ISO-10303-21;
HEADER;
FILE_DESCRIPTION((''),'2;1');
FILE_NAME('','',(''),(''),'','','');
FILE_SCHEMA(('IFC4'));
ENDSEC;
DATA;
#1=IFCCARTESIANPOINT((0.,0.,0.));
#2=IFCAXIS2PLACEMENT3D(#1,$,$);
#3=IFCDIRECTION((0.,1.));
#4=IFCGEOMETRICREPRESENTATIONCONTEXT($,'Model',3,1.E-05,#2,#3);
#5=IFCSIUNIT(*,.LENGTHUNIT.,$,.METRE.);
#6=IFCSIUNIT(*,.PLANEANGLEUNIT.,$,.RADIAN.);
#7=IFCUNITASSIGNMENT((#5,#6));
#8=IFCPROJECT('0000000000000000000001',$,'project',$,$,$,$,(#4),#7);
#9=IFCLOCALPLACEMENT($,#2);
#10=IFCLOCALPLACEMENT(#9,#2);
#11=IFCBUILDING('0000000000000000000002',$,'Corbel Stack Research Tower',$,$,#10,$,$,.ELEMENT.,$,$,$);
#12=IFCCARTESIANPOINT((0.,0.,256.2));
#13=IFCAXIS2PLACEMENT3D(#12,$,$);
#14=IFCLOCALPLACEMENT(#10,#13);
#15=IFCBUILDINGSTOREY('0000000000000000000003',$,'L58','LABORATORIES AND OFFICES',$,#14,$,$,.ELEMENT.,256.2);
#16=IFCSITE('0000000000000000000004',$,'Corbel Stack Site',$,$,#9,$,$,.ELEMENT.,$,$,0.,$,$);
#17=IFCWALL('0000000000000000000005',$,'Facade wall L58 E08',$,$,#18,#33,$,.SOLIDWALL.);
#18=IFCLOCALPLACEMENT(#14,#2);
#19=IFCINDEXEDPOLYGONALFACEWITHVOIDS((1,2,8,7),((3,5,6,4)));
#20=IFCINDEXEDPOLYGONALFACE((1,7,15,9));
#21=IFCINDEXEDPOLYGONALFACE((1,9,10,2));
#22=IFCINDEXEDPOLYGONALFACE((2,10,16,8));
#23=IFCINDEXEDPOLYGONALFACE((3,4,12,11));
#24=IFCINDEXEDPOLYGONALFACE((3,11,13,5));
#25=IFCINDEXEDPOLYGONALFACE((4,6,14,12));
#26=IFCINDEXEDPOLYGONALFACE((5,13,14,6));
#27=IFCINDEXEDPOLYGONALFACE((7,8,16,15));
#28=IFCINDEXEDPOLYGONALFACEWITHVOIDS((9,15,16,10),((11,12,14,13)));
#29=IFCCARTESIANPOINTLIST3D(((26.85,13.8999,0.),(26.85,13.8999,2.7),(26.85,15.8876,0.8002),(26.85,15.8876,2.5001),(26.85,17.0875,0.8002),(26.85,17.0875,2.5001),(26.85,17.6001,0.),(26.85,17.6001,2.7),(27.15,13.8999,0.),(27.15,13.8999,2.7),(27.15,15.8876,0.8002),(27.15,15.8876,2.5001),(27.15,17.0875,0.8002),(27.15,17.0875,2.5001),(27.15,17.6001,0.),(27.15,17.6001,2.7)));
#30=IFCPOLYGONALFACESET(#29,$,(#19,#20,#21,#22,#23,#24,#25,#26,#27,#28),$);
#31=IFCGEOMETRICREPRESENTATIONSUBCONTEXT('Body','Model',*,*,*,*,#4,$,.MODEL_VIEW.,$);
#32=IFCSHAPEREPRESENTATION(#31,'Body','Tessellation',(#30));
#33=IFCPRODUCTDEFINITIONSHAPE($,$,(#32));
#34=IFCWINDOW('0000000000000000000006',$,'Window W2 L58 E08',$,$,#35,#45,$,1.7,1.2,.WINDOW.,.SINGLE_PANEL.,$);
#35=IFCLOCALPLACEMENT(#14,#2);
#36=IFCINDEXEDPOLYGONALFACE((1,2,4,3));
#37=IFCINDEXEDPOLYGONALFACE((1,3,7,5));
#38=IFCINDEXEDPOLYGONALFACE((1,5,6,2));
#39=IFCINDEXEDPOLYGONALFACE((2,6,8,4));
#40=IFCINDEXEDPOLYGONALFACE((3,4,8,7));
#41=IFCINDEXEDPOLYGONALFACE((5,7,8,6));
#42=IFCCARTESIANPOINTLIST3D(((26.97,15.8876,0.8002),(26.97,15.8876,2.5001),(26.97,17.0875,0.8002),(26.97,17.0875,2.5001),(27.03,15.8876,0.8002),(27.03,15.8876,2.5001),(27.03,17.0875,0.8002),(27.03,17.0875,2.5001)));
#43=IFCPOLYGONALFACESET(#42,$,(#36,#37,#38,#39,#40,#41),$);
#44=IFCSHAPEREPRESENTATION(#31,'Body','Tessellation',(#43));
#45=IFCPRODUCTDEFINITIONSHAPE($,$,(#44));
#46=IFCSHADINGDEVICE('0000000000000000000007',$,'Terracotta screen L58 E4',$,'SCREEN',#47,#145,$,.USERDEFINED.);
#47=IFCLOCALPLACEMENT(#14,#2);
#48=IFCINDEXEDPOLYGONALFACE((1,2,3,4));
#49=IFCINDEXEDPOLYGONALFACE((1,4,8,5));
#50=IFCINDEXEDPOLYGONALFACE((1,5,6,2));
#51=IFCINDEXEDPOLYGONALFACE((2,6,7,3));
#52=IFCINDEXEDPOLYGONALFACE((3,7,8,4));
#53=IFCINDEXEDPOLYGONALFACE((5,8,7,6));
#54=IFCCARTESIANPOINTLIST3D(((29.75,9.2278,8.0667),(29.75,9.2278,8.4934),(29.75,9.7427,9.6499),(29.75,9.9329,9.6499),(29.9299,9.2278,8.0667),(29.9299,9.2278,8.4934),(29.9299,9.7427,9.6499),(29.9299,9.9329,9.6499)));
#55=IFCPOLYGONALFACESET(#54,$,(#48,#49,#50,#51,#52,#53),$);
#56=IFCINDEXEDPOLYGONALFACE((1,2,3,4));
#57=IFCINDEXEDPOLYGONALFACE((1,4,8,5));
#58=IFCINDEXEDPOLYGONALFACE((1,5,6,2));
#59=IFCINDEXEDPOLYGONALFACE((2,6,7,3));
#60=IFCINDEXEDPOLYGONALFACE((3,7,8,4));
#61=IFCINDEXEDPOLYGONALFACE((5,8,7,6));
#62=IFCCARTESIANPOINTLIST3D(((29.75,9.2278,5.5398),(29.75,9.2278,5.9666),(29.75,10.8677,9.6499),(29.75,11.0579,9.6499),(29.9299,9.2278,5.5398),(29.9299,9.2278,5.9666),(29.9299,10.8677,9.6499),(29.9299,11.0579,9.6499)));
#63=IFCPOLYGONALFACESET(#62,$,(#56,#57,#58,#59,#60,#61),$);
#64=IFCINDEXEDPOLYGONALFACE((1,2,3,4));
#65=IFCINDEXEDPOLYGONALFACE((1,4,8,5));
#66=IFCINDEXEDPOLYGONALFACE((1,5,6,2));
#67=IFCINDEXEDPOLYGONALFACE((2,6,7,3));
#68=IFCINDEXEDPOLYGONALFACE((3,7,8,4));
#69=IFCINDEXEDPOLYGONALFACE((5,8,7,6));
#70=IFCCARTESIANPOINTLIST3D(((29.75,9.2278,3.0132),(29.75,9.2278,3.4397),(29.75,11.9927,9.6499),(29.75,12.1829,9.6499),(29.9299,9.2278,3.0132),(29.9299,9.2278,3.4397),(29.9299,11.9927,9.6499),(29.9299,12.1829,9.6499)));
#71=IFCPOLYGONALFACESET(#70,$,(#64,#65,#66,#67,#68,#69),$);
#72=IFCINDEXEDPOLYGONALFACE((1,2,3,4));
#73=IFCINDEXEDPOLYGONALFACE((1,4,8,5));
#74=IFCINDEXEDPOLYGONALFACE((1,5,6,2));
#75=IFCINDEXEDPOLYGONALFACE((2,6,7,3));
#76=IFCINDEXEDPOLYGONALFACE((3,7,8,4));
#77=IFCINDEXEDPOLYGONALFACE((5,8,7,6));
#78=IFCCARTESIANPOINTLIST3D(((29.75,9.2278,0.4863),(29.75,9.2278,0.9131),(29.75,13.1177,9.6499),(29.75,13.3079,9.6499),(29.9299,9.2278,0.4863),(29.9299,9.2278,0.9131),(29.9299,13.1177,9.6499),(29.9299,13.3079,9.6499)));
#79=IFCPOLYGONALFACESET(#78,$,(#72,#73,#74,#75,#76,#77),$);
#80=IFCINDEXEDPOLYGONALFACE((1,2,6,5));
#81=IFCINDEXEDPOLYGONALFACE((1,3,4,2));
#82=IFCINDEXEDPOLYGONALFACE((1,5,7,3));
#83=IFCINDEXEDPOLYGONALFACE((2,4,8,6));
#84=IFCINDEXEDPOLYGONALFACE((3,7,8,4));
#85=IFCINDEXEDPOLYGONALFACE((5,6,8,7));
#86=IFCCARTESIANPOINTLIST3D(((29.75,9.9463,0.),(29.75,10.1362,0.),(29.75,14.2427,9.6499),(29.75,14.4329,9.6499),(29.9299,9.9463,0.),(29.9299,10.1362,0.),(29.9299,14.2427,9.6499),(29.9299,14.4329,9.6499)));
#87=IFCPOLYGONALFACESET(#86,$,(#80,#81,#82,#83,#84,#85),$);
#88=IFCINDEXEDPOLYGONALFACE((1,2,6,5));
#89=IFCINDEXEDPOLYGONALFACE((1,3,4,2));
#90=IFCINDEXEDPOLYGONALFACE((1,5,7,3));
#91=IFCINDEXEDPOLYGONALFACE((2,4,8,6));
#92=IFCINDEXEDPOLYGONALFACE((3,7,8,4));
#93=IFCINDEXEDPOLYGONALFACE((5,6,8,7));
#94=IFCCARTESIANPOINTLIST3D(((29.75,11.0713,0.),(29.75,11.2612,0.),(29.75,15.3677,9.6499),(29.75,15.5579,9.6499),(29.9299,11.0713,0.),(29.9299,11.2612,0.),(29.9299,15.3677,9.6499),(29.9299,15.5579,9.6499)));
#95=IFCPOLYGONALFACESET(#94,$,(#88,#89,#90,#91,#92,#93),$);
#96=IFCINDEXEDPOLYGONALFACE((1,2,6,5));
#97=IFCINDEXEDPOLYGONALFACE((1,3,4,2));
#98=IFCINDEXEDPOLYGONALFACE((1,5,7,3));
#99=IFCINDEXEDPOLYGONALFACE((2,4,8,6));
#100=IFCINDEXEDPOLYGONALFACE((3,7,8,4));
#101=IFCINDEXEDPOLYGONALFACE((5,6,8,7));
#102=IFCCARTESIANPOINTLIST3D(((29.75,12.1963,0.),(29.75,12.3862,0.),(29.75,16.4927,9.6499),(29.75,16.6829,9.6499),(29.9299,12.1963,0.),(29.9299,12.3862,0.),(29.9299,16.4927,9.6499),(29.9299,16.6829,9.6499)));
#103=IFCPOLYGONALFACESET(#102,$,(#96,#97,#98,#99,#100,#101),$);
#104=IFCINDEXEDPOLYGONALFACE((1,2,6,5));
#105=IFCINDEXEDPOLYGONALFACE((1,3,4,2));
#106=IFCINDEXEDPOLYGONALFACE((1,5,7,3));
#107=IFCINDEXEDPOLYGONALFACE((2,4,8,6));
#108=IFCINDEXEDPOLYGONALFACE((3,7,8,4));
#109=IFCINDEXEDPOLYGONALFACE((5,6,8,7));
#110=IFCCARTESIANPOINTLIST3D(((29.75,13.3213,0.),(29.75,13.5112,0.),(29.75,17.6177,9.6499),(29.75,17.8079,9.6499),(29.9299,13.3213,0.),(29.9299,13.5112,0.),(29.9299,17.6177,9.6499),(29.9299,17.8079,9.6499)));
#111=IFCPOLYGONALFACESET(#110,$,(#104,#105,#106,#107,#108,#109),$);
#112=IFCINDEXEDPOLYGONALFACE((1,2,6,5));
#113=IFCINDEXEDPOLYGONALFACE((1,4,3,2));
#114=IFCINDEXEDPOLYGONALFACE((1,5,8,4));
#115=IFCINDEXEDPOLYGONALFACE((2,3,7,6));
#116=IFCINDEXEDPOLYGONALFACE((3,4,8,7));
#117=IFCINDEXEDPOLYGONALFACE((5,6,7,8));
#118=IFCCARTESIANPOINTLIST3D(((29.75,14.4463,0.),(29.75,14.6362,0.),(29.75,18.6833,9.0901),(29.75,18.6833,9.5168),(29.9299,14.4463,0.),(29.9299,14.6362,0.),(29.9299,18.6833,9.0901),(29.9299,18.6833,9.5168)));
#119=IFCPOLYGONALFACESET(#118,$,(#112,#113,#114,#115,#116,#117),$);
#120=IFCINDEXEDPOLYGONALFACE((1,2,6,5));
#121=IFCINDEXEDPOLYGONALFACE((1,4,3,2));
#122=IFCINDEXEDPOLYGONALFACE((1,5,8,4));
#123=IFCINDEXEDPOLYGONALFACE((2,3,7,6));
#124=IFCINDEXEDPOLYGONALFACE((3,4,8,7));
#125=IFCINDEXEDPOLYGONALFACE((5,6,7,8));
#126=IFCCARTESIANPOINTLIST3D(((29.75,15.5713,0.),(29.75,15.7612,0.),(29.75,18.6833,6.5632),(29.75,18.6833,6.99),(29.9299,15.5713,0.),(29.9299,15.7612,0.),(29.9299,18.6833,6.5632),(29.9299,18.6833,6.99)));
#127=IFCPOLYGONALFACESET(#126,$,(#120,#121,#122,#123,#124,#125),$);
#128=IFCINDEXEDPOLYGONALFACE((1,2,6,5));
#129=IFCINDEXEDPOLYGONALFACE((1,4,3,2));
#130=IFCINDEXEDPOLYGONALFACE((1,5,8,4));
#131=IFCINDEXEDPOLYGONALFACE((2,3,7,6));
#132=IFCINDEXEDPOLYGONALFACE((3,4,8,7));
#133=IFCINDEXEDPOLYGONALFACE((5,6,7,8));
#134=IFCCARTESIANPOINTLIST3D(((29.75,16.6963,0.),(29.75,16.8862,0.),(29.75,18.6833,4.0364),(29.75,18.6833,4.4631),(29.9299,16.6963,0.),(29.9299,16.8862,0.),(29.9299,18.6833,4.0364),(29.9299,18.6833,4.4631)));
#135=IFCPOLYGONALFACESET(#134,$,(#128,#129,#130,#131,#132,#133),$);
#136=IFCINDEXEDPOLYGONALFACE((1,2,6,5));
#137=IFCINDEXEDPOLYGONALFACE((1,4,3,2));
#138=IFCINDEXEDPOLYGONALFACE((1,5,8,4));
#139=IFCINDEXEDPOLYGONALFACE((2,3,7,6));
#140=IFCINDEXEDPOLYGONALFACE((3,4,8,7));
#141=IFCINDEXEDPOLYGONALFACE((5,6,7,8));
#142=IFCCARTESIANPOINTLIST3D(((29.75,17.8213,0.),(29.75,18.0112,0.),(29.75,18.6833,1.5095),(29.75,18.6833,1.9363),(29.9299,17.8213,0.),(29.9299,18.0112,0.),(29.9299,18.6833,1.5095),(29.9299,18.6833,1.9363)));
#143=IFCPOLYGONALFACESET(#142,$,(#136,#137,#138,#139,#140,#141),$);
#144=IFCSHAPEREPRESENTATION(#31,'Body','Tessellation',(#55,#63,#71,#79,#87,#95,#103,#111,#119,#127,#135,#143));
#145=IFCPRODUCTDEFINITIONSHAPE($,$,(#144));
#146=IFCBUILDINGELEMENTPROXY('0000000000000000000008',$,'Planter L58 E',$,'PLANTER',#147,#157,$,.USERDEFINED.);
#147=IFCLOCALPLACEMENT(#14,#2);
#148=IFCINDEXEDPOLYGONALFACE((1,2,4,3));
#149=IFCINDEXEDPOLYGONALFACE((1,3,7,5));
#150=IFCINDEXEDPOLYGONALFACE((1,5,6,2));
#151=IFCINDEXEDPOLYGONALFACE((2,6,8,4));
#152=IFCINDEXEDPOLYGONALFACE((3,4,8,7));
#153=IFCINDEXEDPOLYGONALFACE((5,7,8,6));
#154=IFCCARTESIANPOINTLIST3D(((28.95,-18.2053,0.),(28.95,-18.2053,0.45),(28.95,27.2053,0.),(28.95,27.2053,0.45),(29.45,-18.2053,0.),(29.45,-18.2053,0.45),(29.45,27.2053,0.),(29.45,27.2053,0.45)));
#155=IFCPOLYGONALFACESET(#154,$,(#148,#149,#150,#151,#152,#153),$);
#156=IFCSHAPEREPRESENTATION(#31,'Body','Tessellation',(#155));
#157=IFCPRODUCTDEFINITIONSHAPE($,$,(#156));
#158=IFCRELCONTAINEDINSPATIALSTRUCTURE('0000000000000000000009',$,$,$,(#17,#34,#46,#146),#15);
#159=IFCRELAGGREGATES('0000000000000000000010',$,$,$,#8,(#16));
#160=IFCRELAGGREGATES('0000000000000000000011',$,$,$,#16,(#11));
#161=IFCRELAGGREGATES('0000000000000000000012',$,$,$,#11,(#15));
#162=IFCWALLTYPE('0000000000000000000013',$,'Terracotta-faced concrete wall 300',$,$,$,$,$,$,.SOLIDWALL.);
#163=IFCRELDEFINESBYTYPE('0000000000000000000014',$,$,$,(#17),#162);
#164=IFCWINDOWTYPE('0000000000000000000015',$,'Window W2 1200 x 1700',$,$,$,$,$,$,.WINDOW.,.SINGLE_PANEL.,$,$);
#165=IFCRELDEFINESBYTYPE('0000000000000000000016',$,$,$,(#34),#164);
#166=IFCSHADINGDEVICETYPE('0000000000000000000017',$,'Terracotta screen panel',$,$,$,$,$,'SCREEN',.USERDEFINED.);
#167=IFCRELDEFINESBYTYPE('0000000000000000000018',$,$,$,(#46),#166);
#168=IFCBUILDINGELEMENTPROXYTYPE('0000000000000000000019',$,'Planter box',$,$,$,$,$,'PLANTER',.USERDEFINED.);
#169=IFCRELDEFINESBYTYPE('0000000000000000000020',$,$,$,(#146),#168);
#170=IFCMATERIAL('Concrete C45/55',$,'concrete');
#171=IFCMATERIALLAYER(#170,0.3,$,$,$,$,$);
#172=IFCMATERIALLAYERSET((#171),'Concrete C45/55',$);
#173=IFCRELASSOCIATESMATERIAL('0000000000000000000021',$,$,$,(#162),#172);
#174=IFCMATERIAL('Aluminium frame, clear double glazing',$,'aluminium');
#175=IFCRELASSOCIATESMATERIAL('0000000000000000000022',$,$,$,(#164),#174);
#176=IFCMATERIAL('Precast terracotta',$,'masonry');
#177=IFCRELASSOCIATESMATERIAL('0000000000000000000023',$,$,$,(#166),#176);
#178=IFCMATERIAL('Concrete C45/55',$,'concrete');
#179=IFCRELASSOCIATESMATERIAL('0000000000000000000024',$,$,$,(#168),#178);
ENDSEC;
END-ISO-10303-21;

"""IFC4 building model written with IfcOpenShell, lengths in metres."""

from ifc_helpers import new_model, si_unit, direction, frame, frame_2d, origin, origin_2d, place, context, subcontext, project, spatial, polyline, rectangle, outline, extrude, source, transform, mapped, material, layer, layer_set, type_object, element, fill, save


model = new_model("IFC4")

# Units and contexts
model_context = context("Model", 3, precision=1e-05, world=origin(), true_north=direction((0.0, 1.0)))
body_context = subcontext(model_context, "Body", "Model", "MODEL_VIEW")
ifc_project = project(units=[si_unit("LENGTHUNIT", "METRE"), si_unit("PLANEANGLEUNIT", "RADIAN")], contexts=[model_context])

# Site, building, storey
site_placement = place(None, origin())
site = spatial("IfcSite", under=ifc_project, at=site_placement, Name="Corbel Stack Site", CompositionType="ELEMENT", RefElevation=0.0)
building_placement = place(site_placement, origin())
building = spatial("IfcBuilding", under=site, at=building_placement, Name="Corbel Stack Research Tower", CompositionType="ELEMENT")
storey_placement = place(building_placement, frame((0.0, 0.0, 256.2)))
storey = spatial("IfcBuildingStorey", under=building, at=storey_placement, Name="L58", Description="LABORATORIES AND OFFICES", CompositionType="ELEMENT", Elevation=256.2)

# Wall, opening, window
ifc_material_1 = material(Name="Concrete C45/55", Category="concrete")
ifc_layer_1 = layer(ifc_material_1, 0.3)
ifc_layer_set_1 = layer_set([ifc_layer_1], Name="Concrete C45/55")
wall_type_1 = type_object("IfcWallType", Name="Terracotta-faced concrete wall 300", PredefinedType="SOLIDWALL", material=ifc_layer_set_1)
ifc_material_2 = material(Name="Aluminium frame, clear double glazing", Category="aluminium")
window_type_1 = type_object("IfcWindowType", Name="Window W2 1200 x 1700", PartitioningType="SINGLE_PANEL", PredefinedType="WINDOW", material=ifc_material_2)
wall_1_placement = place(storey_placement, frame((27.0, 17.6001, 0.0), z_axis=(0.0, 0.0, 1.0), x_axis=(0.0, -1.0, 0.0)))
wall_1 = element("IfcWall", 1, at=wall_1_placement, inside=storey, type_object=wall_type_1, Name="Facade wall L58 E08", PredefinedType="SOLIDWALL", context=body_context, shape_type="SweptSolid", body=[
    extrude(rectangle(XDim=3.7002, YDim=0.3, at=frame_2d((1.8501, 0.0))), origin(), (0.0, 0.0, 1.0), 2.7),
])
opening_1_placement = place(wall_1_placement, frame((0.5125, 0.0, 0.8)))
opening_1 = element("IfcOpeningElement", 2, at=opening_1_placement, cuts=wall_1, PredefinedType="OPENING", context=body_context, shape_type="SweptSolid", body=[
    extrude(rectangle(XDim=1.2, YDim=1.7, at=frame_2d((0.6001, 0.8501))), frame((0.0, 0.1599, 0.0), z_axis=(0.0, -1.0, 0.0), x_axis=(1.0, 0.0, 0.0)), (0.0, 0.0, 1.0), 0.3201),
])
window_1_placement = place(opening_1_placement, origin())
window_1 = element("IfcWindow", 3, at=window_1_placement, inside=storey, type_object=window_type_1, Name="Window W2 L58 E08", OverallHeight=1.7, OverallWidth=1.2, PartitioningType="SINGLE_PANEL", PredefinedType="WINDOW", context=body_context, shape_type="SweptSolid", body=[
    extrude(rectangle(XDim=1.2, YDim=1.7, at=frame_2d((0.6001, 0.8501))), frame((0.0, 0.03, 0.0), z_axis=(0.0, -1.0, 0.0), x_axis=(1.0, 0.0, 0.0)), (0.0, 0.0, 1.0), 0.0601),
])
fill(opening_1, window_1)

# Shading device
ifc_material_3 = material(Name="Precast terracotta", Category="masonry")
shading_device_type = type_object("IfcShadingDeviceType", Name="Terracotta screen panel", ElementType="SCREEN", PredefinedType="USERDEFINED", material=ifc_material_3)
shared_shape = source(origin(), body_context, "Body", "SweptSolid", [
    extrude(outline(polyline([(0.7051, 9.6499), (0.5149, 9.6499), (0.0, 8.4934), (0.0, 8.0667), (0.7051, 9.6499)])), frame((0.0, 0.0, 0.0), z_axis=(0.0, -1.0, 0.0), x_axis=(1.0, 0.0, 0.0)), (0.0, 0.0, 1.0), 0.1799),
    extrude(outline(polyline([(1.8301, 9.6499), (1.6399, 9.6499), (0.0, 5.9666), (0.0, 5.5398), (1.8301, 9.6499)])), frame((0.0, 0.0, 0.0), z_axis=(0.0, -1.0, 0.0), x_axis=(1.0, 0.0, 0.0)), (0.0, 0.0, 1.0), 0.1799),
    extrude(outline(polyline([(2.9551, 9.6499), (2.7649, 9.6499), (0.0, 3.4397), (0.0, 3.0132), (2.9551, 9.6499)])), frame((0.0, 0.0, 0.0), z_axis=(0.0, -1.0, 0.0), x_axis=(1.0, 0.0, 0.0)), (0.0, 0.0, 1.0), 0.1799),
    extrude(outline(polyline([(4.0801, 9.6499), (3.8899, 9.6499), (0.0, 0.9131), (0.0, 0.4863), (4.0801, 9.6499)])), frame((0.0, 0.0, 0.0), z_axis=(0.0, -1.0, 0.0), x_axis=(1.0, 0.0, 0.0)), (0.0, 0.0, 1.0), 0.1799),
    extrude(outline(polyline([(0.9084, 0.0), (5.2051, 9.6499), (5.0149, 9.6499), (0.7185, 0.0), (0.9084, 0.0)])), frame((0.0, 0.0, 0.0), z_axis=(0.0, -1.0, 0.0), x_axis=(1.0, 0.0, 0.0)), (0.0, 0.0, 1.0), 0.1799),
    extrude(outline(polyline([(2.0334, 0.0), (6.3301, 9.6499), (6.1399, 9.6499), (1.8435, 0.0), (2.0334, 0.0)])), frame((0.0, 0.0, 0.0), z_axis=(0.0, -1.0, 0.0), x_axis=(1.0, 0.0, 0.0)), (0.0, 0.0, 1.0), 0.1799),
    extrude(outline(polyline([(3.1584, 0.0), (7.4551, 9.6499), (7.2649, 9.6499), (2.9685, 0.0), (3.1584, 0.0)])), frame((0.0, 0.0, 0.0), z_axis=(0.0, -1.0, 0.0), x_axis=(1.0, 0.0, 0.0)), (0.0, 0.0, 1.0), 0.1799),
    extrude(outline(polyline([(4.2834, 0.0), (8.5801, 9.6499), (8.3899, 9.6499), (4.0935, 0.0), (4.2834, 0.0)])), frame((0.0, 0.0, 0.0), z_axis=(0.0, -1.0, 0.0), x_axis=(1.0, 0.0, 0.0)), (0.0, 0.0, 1.0), 0.1799),
    extrude(outline(polyline([(5.4084, 0.0), (9.4556, 9.0901), (9.4556, 9.5168), (5.2185, 0.0), (5.4084, 0.0)])), frame((0.0, 0.0, 0.0), z_axis=(0.0, -1.0, 0.0), x_axis=(1.0, 0.0, 0.0)), (0.0, 0.0, 1.0), 0.1799),
    extrude(outline(polyline([(6.5334, 0.0), (9.4556, 6.5632), (9.4556, 6.99), (6.3435, 0.0), (6.5334, 0.0)])), frame((0.0, 0.0, 0.0), z_axis=(0.0, -1.0, 0.0), x_axis=(1.0, 0.0, 0.0)), (0.0, 0.0, 1.0), 0.1799),
    extrude(outline(polyline([(7.6584, 0.0), (9.4556, 4.0364), (9.4556, 4.4631), (7.4685, 0.0), (7.6584, 0.0)])), frame((0.0, 0.0, 0.0), z_axis=(0.0, -1.0, 0.0), x_axis=(1.0, 0.0, 0.0)), (0.0, 0.0, 1.0), 0.1799),
    extrude(outline(polyline([(8.7834, 0.0), (9.4556, 1.5095), (9.4556, 1.9363), (8.5935, 0.0), (8.7834, 0.0)])), frame((0.0, 0.0, 0.0), z_axis=(0.0, -1.0, 0.0), x_axis=(1.0, 0.0, 0.0)), (0.0, 0.0, 1.0), 0.1799),
])
shading_device_placement = place(storey_placement, frame((29.75, 9.2278, 0.0), z_axis=(0.0, 0.0, 1.0), x_axis=(0.0, 1.0, 0.0)))
element("IfcShadingDevice", 4, at=shading_device_placement, inside=storey, type_object=shading_device_type, Name="Terracotta screen L58 E4", ObjectType="SCREEN", PredefinedType="USERDEFINED", context=body_context, shape_type="MappedRepresentation", body=[
    mapped(shared_shape, transform((0.0, 0.0, 0.0))),
])

# Building element proxy
ifc_material_4 = material(Name="Concrete C45/55", Category="concrete")
building_element_proxy_type = type_object("IfcBuildingElementProxyType", Name="Planter box", ElementType="PLANTER", PredefinedType="USERDEFINED", material=ifc_material_4)
proxy_placement = place(storey_placement, frame((29.2, 4.5, 0.0), z_axis=(0.0, 0.0, 1.0), x_axis=(0.0, 1.0, 0.0)))
element("IfcBuildingElementProxy", 5, at=proxy_placement, inside=storey, type_object=building_element_proxy_type, Name="Planter L58 E", ObjectType="PLANTER", PredefinedType="USERDEFINED", context=body_context, shape_type="SweptSolid", body=[
    extrude(rectangle(XDim=45.4106, YDim=0.5, at=origin_2d()), origin(), (0.0, 0.0, 1.0), 0.45),
])

save(model, "model.ifc")
